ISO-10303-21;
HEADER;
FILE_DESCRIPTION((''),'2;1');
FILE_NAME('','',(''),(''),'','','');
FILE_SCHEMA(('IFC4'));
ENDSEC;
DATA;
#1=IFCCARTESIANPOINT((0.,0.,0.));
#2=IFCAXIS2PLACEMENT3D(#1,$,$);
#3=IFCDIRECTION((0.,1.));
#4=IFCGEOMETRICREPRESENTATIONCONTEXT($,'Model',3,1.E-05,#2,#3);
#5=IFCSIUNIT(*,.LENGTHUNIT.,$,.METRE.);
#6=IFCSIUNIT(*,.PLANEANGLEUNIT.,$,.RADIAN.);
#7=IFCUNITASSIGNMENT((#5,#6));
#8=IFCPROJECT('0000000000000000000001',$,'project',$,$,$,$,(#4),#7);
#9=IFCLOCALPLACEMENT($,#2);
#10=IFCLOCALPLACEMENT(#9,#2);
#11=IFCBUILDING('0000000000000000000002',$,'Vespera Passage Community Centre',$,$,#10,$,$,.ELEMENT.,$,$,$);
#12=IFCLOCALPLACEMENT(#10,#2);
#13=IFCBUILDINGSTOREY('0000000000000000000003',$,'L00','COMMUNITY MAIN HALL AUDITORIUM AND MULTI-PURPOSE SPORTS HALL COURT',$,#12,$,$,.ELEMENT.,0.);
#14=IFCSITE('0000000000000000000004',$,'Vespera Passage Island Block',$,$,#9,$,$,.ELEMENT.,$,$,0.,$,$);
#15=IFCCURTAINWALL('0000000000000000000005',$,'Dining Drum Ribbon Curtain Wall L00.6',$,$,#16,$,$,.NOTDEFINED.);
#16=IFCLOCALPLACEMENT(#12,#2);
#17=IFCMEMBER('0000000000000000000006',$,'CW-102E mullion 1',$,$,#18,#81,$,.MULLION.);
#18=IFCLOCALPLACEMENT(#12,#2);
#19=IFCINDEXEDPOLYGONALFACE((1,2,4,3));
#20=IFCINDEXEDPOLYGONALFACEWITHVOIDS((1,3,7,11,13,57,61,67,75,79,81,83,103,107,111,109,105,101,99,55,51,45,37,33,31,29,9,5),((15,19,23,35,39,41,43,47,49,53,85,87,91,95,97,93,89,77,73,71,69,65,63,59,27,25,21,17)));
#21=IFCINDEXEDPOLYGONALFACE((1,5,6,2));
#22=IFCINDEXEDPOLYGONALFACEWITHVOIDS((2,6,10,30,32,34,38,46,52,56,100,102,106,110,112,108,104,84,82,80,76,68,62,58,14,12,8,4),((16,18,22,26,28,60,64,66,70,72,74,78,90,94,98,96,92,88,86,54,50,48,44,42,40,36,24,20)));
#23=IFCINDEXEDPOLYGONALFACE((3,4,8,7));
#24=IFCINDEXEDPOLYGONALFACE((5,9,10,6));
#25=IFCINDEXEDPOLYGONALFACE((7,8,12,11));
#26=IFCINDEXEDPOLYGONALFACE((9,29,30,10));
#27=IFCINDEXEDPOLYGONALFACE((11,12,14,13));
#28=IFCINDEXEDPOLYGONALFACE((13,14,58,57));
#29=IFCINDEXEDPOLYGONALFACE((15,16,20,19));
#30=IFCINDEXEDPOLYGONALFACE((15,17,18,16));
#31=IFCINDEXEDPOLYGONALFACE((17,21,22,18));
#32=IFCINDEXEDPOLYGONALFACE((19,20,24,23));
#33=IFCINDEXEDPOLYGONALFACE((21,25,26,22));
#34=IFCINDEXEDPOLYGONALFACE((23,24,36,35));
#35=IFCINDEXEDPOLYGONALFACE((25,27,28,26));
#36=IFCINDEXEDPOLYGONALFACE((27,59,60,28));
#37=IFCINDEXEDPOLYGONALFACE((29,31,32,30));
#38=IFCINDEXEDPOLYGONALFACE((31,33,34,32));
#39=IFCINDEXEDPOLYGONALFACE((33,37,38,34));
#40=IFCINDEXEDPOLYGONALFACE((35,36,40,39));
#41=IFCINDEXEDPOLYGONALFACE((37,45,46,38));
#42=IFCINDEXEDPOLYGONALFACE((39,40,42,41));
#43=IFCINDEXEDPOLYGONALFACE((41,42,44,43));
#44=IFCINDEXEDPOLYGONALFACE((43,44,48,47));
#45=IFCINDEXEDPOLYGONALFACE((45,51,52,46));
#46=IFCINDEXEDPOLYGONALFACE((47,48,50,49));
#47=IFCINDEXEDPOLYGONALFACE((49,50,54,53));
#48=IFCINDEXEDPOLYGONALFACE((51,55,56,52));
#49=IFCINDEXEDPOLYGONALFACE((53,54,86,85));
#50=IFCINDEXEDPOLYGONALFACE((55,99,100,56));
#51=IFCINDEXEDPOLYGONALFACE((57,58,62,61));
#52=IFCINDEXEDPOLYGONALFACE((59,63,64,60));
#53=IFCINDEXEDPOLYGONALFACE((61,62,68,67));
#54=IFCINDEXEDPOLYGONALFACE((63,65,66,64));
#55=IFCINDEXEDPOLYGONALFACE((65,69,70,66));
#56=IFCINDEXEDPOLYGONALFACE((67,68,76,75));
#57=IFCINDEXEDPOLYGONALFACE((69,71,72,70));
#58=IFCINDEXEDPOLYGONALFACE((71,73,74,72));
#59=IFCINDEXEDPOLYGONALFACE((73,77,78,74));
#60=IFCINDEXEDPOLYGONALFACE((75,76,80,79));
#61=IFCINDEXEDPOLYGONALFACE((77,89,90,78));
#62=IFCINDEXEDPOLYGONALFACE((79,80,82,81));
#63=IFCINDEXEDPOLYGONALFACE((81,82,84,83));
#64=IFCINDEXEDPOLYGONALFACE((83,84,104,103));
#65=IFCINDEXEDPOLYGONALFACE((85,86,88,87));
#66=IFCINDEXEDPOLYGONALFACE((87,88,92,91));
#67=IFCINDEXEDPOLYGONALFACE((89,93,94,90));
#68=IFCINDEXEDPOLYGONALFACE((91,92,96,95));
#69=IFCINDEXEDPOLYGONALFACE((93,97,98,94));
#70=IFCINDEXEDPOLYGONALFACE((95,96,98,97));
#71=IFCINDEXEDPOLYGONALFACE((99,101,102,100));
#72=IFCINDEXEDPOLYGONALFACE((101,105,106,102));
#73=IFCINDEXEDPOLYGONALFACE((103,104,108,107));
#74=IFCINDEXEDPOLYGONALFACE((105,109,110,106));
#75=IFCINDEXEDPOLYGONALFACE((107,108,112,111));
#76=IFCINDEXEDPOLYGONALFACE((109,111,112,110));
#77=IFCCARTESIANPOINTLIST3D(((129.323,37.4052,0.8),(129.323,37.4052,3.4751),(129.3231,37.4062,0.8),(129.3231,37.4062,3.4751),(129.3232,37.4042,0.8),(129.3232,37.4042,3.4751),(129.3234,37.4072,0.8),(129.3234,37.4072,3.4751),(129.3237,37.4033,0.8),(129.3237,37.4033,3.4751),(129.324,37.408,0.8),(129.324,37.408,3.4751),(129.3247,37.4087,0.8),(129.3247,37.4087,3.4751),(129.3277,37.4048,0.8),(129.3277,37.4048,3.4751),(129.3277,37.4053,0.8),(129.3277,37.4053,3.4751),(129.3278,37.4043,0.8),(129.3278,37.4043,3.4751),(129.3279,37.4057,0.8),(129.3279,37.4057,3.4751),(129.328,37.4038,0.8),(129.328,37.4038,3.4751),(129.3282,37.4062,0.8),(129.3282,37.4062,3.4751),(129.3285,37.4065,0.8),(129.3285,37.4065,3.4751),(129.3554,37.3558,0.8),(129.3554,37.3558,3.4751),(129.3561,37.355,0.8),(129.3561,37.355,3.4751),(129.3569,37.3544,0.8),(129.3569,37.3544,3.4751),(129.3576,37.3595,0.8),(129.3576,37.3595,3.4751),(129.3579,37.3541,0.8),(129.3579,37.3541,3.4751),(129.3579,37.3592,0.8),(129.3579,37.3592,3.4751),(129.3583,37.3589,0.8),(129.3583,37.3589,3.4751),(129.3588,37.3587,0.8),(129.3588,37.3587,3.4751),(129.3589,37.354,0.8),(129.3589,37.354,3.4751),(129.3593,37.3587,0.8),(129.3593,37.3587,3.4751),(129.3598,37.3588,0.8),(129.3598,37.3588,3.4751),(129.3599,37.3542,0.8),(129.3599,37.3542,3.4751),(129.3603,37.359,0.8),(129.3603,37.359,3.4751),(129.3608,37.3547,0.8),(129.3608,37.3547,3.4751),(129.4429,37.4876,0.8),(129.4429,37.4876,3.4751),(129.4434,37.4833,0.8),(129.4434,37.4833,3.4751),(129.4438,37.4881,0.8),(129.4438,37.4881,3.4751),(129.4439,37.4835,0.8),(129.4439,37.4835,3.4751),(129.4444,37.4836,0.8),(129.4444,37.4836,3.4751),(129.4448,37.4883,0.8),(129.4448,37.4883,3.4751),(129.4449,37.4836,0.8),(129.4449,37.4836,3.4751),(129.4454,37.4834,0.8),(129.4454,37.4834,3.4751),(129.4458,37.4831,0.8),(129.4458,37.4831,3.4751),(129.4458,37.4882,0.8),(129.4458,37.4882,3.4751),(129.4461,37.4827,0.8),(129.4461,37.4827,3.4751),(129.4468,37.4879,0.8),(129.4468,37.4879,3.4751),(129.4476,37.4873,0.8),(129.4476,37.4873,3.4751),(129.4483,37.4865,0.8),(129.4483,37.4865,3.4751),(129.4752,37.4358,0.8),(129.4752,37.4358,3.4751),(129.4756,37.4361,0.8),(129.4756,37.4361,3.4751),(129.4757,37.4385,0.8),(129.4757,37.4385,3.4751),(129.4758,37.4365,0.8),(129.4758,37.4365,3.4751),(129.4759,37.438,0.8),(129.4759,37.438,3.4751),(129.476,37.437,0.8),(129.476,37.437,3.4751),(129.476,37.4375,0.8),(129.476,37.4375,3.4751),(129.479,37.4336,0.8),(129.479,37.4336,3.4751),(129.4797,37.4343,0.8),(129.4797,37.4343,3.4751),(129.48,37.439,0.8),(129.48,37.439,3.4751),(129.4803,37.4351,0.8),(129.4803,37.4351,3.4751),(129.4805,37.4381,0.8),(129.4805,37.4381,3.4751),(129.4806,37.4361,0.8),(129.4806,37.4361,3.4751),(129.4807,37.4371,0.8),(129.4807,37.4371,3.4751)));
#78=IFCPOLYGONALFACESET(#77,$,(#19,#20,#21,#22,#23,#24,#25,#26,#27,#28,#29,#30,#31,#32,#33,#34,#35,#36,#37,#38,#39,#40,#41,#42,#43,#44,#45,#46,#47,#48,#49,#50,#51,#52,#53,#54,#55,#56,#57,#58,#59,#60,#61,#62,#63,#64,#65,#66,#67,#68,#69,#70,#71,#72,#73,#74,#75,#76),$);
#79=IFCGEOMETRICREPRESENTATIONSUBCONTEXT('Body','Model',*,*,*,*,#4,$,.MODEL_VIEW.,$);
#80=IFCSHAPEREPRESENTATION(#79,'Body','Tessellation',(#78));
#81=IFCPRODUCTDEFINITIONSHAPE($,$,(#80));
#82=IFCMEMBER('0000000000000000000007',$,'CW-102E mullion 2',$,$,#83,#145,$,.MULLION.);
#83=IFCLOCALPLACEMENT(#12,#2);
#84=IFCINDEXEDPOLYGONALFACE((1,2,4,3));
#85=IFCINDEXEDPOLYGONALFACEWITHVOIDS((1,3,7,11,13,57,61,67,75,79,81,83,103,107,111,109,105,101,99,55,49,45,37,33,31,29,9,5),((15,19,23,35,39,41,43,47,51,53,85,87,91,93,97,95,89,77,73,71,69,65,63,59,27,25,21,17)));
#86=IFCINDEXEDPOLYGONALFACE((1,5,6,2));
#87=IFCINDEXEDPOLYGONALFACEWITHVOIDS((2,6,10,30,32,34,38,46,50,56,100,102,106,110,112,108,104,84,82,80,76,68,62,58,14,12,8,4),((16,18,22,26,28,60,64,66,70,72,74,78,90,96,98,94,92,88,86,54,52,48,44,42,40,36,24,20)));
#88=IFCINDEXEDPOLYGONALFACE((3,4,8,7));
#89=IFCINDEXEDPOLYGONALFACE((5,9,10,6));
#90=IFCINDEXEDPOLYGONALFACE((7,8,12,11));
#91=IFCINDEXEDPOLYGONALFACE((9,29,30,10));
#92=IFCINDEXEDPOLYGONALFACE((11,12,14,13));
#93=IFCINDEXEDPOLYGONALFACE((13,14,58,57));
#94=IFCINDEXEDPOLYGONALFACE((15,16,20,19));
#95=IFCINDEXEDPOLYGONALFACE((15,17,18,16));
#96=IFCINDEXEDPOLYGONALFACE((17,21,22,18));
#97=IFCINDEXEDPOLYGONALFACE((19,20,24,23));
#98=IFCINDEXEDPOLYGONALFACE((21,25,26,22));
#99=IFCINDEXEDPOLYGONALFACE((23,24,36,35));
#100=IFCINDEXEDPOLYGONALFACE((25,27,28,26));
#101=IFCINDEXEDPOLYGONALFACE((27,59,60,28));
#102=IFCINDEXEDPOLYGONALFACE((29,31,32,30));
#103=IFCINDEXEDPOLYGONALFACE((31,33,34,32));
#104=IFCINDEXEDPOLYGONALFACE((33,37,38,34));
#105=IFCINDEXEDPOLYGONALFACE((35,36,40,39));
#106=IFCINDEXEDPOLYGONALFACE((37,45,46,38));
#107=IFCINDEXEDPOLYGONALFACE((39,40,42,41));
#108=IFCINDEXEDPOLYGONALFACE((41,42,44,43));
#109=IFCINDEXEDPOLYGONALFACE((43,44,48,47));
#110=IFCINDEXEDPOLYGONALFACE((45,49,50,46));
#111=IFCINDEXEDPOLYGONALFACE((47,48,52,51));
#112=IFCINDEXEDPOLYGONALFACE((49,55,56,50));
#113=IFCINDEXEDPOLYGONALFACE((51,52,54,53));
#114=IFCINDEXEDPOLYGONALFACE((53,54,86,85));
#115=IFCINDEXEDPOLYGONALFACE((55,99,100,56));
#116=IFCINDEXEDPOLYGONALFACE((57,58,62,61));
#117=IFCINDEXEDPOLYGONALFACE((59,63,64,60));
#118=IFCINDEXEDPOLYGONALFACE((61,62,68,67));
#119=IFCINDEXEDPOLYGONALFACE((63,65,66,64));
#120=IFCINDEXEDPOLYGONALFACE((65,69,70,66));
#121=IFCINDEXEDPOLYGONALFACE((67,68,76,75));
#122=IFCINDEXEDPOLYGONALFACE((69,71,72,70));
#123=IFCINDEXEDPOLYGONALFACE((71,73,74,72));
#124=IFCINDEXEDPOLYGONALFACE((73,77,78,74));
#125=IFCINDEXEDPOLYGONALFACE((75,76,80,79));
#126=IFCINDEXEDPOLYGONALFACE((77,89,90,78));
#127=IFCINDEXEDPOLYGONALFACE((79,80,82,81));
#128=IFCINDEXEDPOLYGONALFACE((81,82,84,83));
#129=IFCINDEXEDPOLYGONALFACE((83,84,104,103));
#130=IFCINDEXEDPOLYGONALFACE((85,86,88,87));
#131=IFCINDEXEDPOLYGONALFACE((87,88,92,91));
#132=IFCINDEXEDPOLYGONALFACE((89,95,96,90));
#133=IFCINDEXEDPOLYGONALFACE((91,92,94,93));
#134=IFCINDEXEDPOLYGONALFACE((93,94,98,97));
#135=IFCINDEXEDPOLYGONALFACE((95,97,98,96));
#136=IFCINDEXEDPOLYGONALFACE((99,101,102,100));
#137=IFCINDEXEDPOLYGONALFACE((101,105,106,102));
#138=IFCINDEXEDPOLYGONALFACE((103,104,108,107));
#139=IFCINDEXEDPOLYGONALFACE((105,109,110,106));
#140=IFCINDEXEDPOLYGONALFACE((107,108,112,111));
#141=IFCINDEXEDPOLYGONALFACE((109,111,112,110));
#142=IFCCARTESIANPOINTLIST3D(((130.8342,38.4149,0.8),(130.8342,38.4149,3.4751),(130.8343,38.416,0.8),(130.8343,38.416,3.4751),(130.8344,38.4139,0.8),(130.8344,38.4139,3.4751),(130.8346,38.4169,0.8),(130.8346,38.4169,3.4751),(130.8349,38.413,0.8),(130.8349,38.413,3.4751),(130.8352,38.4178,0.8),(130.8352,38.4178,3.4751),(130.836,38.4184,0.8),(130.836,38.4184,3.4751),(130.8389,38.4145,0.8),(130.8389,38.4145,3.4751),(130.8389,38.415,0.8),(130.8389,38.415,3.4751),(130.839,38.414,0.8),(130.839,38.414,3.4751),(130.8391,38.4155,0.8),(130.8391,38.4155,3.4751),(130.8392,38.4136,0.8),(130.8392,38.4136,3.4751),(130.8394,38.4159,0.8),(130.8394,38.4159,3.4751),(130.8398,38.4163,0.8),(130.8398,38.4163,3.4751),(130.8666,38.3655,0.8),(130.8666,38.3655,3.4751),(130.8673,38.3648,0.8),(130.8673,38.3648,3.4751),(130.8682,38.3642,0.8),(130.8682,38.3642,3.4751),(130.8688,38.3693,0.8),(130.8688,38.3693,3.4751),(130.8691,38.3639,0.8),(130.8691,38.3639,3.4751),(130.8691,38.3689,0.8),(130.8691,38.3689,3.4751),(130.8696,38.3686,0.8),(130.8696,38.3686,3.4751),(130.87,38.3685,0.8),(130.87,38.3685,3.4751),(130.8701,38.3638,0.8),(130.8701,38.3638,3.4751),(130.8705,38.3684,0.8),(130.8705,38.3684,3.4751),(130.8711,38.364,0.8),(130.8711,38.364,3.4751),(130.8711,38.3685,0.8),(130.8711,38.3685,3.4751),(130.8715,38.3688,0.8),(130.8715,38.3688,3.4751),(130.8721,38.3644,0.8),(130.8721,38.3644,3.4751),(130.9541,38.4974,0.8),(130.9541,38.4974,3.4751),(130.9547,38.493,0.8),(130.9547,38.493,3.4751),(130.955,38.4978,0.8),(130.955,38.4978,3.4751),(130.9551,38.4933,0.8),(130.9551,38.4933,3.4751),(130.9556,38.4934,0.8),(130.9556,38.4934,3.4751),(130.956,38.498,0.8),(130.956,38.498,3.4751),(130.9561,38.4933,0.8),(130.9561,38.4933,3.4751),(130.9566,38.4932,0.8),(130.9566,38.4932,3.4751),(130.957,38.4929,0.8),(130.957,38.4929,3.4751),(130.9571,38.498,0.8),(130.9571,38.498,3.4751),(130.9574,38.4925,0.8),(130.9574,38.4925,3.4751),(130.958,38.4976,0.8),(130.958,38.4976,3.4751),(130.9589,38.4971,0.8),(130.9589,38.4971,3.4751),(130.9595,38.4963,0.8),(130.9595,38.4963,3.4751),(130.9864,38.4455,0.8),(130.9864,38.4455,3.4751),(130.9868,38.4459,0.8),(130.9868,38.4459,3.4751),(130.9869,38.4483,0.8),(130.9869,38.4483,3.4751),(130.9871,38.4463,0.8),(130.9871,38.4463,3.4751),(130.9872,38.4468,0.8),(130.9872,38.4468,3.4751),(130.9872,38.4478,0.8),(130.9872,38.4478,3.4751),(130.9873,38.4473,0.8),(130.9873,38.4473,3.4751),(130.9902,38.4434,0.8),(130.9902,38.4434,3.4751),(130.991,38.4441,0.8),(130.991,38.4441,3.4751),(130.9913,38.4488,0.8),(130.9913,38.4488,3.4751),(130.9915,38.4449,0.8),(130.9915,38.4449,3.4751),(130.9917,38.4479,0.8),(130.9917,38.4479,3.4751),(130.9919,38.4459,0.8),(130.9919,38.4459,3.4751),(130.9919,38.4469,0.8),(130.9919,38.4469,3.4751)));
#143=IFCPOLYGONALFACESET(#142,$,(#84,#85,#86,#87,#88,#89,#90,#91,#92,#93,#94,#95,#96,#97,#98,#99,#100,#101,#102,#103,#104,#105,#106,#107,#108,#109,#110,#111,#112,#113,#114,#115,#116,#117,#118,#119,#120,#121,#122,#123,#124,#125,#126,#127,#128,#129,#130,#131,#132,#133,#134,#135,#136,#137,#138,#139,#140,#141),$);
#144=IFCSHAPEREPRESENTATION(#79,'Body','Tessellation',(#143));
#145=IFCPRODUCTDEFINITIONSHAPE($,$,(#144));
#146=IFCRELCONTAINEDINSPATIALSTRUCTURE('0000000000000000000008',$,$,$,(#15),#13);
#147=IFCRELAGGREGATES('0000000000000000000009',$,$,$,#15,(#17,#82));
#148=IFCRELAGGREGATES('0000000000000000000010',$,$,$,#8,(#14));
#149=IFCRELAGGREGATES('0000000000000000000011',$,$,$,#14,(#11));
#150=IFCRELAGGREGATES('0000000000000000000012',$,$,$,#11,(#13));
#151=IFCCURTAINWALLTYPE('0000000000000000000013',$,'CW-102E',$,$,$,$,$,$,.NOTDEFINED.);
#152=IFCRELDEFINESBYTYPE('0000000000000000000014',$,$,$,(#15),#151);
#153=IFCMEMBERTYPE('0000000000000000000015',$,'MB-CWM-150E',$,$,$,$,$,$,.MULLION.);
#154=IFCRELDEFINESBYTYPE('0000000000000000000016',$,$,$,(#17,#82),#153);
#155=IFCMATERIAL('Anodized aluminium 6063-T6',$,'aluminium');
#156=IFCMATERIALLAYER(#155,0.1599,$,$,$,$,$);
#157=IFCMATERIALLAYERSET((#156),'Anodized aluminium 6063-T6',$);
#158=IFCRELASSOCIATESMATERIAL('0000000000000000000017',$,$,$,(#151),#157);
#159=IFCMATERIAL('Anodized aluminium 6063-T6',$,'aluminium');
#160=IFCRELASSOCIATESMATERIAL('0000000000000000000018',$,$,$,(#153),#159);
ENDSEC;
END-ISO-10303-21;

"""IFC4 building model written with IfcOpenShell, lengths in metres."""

from ifc_helpers import new_model, si_unit, direction, frame, origin, origin_2d, place, context, subcontext, project, spatial, hollow_rectangle, extrude, material, layer, layer_set, material_profile, profile_set, type_object, element, aggregate, save


model = new_model("IFC4")

# Units and contexts
model_context = context("Model", 3, precision=1e-05, world=origin(), true_north=direction((0.0, 1.0)))
body_context = subcontext(model_context, "Body", "Model", "MODEL_VIEW")
ifc_project = project(units=[si_unit("LENGTHUNIT", "METRE"), si_unit("PLANEANGLEUNIT", "RADIAN")], contexts=[model_context])

# Site, building, storey
site_placement = place(None, origin())
site = spatial("IfcSite", under=ifc_project, at=site_placement, Name="Vespera Passage Island Block", CompositionType="ELEMENT", RefElevation=0.0)
building_placement = place(site_placement, origin())
building = spatial("IfcBuilding", under=site, at=building_placement, Name="Vespera Passage Community Centre", CompositionType="ELEMENT")
storey_placement = place(building_placement, origin())
storey = spatial("IfcBuildingStorey", under=building, at=storey_placement, Name="L00", Description="COMMUNITY MAIN HALL AUDITORIUM AND MULTI-PURPOSE SPORTS HALL COURT", CompositionType="ELEMENT", Elevation=0.0)

# Curtain wall, members
ifc_material_1 = material(Name="Anodized aluminium 6063-T6", Category="aluminium")
ifc_layer_1 = layer(ifc_material_1, 0.1599)
ifc_layer_set_1 = layer_set([ifc_layer_1], Name="Anodized aluminium 6063-T6")
curtain_wall_type_1 = type_object("IfcCurtainWallType", Name="CW-102E", PredefinedType="NOTDEFINED", material=ifc_layer_set_1)
curtain_wall_1_placement = place(storey_placement, origin())
curtain_wall_1 = element("IfcCurtainWall", 1, at=curtain_wall_1_placement, inside=storey, type_object=curtain_wall_type_1, Name="Dining Drum Ribbon Curtain Wall L00.6", PredefinedType="NOTDEFINED")
ifc_material_2 = material(Name="Anodized aluminium 6063-T6", Category="aluminium")
ifc_material_profile_1 = material_profile(ifc_material_2, hollow_rectangle(XDim=0.0649, YDim=0.1499, WallThickness=0.0039, InnerFilletRadius=0.002, OuterFilletRadius=0.0039, at=origin_2d()), Name="ALU150X65X4")
ifc_profile_set_1 = profile_set([ifc_material_profile_1], Name="Anodized aluminium 6063-T6")
member_type_1 = type_object("IfcMemberType", Name="MB-CWM-150E", PredefinedType="MULLION", material=ifc_profile_set_1)
member_1_placement = place(storey_placement, frame((129.4019, 37.4211, 0.8), z_axis=(0.0, 0.0, 1.0), x_axis=(-0.555565, 0.831473, 0.0)))
member_1 = element("IfcMember", 2, at=member_1_placement, type_object=member_type_1, Name="CW-102E mullion 1", PredefinedType="MULLION", context=body_context, shape_type="SweptSolid", body=[
    extrude(hollow_rectangle(XDim=0.0649, YDim=0.1499, WallThickness=0.0039, InnerFilletRadius=0.002, OuterFilletRadius=0.0039, at=origin_2d()), origin(), (0.0, 0.0, 1.0), 2.675),
])
member_2_placement = place(storey_placement, frame((130.9131, 38.4309, 0.8), z_axis=(0.0, 0.0, 1.0), x_axis=(-0.555565, 0.831473, 0.0)))
member_2 = element("IfcMember", 3, at=member_2_placement, type_object=member_type_1, Name="CW-102E mullion 2", PredefinedType="MULLION", context=body_context, shape_type="SweptSolid", body=[
    extrude(hollow_rectangle(XDim=0.0649, YDim=0.1499, WallThickness=0.0039, InnerFilletRadius=0.002, OuterFilletRadius=0.0039, at=origin_2d()), origin(), (0.0, 0.0, 1.0), 2.675),
])

aggregate(curtain_wall_1, [member_1, member_2])

save(model, "model.ifc")
